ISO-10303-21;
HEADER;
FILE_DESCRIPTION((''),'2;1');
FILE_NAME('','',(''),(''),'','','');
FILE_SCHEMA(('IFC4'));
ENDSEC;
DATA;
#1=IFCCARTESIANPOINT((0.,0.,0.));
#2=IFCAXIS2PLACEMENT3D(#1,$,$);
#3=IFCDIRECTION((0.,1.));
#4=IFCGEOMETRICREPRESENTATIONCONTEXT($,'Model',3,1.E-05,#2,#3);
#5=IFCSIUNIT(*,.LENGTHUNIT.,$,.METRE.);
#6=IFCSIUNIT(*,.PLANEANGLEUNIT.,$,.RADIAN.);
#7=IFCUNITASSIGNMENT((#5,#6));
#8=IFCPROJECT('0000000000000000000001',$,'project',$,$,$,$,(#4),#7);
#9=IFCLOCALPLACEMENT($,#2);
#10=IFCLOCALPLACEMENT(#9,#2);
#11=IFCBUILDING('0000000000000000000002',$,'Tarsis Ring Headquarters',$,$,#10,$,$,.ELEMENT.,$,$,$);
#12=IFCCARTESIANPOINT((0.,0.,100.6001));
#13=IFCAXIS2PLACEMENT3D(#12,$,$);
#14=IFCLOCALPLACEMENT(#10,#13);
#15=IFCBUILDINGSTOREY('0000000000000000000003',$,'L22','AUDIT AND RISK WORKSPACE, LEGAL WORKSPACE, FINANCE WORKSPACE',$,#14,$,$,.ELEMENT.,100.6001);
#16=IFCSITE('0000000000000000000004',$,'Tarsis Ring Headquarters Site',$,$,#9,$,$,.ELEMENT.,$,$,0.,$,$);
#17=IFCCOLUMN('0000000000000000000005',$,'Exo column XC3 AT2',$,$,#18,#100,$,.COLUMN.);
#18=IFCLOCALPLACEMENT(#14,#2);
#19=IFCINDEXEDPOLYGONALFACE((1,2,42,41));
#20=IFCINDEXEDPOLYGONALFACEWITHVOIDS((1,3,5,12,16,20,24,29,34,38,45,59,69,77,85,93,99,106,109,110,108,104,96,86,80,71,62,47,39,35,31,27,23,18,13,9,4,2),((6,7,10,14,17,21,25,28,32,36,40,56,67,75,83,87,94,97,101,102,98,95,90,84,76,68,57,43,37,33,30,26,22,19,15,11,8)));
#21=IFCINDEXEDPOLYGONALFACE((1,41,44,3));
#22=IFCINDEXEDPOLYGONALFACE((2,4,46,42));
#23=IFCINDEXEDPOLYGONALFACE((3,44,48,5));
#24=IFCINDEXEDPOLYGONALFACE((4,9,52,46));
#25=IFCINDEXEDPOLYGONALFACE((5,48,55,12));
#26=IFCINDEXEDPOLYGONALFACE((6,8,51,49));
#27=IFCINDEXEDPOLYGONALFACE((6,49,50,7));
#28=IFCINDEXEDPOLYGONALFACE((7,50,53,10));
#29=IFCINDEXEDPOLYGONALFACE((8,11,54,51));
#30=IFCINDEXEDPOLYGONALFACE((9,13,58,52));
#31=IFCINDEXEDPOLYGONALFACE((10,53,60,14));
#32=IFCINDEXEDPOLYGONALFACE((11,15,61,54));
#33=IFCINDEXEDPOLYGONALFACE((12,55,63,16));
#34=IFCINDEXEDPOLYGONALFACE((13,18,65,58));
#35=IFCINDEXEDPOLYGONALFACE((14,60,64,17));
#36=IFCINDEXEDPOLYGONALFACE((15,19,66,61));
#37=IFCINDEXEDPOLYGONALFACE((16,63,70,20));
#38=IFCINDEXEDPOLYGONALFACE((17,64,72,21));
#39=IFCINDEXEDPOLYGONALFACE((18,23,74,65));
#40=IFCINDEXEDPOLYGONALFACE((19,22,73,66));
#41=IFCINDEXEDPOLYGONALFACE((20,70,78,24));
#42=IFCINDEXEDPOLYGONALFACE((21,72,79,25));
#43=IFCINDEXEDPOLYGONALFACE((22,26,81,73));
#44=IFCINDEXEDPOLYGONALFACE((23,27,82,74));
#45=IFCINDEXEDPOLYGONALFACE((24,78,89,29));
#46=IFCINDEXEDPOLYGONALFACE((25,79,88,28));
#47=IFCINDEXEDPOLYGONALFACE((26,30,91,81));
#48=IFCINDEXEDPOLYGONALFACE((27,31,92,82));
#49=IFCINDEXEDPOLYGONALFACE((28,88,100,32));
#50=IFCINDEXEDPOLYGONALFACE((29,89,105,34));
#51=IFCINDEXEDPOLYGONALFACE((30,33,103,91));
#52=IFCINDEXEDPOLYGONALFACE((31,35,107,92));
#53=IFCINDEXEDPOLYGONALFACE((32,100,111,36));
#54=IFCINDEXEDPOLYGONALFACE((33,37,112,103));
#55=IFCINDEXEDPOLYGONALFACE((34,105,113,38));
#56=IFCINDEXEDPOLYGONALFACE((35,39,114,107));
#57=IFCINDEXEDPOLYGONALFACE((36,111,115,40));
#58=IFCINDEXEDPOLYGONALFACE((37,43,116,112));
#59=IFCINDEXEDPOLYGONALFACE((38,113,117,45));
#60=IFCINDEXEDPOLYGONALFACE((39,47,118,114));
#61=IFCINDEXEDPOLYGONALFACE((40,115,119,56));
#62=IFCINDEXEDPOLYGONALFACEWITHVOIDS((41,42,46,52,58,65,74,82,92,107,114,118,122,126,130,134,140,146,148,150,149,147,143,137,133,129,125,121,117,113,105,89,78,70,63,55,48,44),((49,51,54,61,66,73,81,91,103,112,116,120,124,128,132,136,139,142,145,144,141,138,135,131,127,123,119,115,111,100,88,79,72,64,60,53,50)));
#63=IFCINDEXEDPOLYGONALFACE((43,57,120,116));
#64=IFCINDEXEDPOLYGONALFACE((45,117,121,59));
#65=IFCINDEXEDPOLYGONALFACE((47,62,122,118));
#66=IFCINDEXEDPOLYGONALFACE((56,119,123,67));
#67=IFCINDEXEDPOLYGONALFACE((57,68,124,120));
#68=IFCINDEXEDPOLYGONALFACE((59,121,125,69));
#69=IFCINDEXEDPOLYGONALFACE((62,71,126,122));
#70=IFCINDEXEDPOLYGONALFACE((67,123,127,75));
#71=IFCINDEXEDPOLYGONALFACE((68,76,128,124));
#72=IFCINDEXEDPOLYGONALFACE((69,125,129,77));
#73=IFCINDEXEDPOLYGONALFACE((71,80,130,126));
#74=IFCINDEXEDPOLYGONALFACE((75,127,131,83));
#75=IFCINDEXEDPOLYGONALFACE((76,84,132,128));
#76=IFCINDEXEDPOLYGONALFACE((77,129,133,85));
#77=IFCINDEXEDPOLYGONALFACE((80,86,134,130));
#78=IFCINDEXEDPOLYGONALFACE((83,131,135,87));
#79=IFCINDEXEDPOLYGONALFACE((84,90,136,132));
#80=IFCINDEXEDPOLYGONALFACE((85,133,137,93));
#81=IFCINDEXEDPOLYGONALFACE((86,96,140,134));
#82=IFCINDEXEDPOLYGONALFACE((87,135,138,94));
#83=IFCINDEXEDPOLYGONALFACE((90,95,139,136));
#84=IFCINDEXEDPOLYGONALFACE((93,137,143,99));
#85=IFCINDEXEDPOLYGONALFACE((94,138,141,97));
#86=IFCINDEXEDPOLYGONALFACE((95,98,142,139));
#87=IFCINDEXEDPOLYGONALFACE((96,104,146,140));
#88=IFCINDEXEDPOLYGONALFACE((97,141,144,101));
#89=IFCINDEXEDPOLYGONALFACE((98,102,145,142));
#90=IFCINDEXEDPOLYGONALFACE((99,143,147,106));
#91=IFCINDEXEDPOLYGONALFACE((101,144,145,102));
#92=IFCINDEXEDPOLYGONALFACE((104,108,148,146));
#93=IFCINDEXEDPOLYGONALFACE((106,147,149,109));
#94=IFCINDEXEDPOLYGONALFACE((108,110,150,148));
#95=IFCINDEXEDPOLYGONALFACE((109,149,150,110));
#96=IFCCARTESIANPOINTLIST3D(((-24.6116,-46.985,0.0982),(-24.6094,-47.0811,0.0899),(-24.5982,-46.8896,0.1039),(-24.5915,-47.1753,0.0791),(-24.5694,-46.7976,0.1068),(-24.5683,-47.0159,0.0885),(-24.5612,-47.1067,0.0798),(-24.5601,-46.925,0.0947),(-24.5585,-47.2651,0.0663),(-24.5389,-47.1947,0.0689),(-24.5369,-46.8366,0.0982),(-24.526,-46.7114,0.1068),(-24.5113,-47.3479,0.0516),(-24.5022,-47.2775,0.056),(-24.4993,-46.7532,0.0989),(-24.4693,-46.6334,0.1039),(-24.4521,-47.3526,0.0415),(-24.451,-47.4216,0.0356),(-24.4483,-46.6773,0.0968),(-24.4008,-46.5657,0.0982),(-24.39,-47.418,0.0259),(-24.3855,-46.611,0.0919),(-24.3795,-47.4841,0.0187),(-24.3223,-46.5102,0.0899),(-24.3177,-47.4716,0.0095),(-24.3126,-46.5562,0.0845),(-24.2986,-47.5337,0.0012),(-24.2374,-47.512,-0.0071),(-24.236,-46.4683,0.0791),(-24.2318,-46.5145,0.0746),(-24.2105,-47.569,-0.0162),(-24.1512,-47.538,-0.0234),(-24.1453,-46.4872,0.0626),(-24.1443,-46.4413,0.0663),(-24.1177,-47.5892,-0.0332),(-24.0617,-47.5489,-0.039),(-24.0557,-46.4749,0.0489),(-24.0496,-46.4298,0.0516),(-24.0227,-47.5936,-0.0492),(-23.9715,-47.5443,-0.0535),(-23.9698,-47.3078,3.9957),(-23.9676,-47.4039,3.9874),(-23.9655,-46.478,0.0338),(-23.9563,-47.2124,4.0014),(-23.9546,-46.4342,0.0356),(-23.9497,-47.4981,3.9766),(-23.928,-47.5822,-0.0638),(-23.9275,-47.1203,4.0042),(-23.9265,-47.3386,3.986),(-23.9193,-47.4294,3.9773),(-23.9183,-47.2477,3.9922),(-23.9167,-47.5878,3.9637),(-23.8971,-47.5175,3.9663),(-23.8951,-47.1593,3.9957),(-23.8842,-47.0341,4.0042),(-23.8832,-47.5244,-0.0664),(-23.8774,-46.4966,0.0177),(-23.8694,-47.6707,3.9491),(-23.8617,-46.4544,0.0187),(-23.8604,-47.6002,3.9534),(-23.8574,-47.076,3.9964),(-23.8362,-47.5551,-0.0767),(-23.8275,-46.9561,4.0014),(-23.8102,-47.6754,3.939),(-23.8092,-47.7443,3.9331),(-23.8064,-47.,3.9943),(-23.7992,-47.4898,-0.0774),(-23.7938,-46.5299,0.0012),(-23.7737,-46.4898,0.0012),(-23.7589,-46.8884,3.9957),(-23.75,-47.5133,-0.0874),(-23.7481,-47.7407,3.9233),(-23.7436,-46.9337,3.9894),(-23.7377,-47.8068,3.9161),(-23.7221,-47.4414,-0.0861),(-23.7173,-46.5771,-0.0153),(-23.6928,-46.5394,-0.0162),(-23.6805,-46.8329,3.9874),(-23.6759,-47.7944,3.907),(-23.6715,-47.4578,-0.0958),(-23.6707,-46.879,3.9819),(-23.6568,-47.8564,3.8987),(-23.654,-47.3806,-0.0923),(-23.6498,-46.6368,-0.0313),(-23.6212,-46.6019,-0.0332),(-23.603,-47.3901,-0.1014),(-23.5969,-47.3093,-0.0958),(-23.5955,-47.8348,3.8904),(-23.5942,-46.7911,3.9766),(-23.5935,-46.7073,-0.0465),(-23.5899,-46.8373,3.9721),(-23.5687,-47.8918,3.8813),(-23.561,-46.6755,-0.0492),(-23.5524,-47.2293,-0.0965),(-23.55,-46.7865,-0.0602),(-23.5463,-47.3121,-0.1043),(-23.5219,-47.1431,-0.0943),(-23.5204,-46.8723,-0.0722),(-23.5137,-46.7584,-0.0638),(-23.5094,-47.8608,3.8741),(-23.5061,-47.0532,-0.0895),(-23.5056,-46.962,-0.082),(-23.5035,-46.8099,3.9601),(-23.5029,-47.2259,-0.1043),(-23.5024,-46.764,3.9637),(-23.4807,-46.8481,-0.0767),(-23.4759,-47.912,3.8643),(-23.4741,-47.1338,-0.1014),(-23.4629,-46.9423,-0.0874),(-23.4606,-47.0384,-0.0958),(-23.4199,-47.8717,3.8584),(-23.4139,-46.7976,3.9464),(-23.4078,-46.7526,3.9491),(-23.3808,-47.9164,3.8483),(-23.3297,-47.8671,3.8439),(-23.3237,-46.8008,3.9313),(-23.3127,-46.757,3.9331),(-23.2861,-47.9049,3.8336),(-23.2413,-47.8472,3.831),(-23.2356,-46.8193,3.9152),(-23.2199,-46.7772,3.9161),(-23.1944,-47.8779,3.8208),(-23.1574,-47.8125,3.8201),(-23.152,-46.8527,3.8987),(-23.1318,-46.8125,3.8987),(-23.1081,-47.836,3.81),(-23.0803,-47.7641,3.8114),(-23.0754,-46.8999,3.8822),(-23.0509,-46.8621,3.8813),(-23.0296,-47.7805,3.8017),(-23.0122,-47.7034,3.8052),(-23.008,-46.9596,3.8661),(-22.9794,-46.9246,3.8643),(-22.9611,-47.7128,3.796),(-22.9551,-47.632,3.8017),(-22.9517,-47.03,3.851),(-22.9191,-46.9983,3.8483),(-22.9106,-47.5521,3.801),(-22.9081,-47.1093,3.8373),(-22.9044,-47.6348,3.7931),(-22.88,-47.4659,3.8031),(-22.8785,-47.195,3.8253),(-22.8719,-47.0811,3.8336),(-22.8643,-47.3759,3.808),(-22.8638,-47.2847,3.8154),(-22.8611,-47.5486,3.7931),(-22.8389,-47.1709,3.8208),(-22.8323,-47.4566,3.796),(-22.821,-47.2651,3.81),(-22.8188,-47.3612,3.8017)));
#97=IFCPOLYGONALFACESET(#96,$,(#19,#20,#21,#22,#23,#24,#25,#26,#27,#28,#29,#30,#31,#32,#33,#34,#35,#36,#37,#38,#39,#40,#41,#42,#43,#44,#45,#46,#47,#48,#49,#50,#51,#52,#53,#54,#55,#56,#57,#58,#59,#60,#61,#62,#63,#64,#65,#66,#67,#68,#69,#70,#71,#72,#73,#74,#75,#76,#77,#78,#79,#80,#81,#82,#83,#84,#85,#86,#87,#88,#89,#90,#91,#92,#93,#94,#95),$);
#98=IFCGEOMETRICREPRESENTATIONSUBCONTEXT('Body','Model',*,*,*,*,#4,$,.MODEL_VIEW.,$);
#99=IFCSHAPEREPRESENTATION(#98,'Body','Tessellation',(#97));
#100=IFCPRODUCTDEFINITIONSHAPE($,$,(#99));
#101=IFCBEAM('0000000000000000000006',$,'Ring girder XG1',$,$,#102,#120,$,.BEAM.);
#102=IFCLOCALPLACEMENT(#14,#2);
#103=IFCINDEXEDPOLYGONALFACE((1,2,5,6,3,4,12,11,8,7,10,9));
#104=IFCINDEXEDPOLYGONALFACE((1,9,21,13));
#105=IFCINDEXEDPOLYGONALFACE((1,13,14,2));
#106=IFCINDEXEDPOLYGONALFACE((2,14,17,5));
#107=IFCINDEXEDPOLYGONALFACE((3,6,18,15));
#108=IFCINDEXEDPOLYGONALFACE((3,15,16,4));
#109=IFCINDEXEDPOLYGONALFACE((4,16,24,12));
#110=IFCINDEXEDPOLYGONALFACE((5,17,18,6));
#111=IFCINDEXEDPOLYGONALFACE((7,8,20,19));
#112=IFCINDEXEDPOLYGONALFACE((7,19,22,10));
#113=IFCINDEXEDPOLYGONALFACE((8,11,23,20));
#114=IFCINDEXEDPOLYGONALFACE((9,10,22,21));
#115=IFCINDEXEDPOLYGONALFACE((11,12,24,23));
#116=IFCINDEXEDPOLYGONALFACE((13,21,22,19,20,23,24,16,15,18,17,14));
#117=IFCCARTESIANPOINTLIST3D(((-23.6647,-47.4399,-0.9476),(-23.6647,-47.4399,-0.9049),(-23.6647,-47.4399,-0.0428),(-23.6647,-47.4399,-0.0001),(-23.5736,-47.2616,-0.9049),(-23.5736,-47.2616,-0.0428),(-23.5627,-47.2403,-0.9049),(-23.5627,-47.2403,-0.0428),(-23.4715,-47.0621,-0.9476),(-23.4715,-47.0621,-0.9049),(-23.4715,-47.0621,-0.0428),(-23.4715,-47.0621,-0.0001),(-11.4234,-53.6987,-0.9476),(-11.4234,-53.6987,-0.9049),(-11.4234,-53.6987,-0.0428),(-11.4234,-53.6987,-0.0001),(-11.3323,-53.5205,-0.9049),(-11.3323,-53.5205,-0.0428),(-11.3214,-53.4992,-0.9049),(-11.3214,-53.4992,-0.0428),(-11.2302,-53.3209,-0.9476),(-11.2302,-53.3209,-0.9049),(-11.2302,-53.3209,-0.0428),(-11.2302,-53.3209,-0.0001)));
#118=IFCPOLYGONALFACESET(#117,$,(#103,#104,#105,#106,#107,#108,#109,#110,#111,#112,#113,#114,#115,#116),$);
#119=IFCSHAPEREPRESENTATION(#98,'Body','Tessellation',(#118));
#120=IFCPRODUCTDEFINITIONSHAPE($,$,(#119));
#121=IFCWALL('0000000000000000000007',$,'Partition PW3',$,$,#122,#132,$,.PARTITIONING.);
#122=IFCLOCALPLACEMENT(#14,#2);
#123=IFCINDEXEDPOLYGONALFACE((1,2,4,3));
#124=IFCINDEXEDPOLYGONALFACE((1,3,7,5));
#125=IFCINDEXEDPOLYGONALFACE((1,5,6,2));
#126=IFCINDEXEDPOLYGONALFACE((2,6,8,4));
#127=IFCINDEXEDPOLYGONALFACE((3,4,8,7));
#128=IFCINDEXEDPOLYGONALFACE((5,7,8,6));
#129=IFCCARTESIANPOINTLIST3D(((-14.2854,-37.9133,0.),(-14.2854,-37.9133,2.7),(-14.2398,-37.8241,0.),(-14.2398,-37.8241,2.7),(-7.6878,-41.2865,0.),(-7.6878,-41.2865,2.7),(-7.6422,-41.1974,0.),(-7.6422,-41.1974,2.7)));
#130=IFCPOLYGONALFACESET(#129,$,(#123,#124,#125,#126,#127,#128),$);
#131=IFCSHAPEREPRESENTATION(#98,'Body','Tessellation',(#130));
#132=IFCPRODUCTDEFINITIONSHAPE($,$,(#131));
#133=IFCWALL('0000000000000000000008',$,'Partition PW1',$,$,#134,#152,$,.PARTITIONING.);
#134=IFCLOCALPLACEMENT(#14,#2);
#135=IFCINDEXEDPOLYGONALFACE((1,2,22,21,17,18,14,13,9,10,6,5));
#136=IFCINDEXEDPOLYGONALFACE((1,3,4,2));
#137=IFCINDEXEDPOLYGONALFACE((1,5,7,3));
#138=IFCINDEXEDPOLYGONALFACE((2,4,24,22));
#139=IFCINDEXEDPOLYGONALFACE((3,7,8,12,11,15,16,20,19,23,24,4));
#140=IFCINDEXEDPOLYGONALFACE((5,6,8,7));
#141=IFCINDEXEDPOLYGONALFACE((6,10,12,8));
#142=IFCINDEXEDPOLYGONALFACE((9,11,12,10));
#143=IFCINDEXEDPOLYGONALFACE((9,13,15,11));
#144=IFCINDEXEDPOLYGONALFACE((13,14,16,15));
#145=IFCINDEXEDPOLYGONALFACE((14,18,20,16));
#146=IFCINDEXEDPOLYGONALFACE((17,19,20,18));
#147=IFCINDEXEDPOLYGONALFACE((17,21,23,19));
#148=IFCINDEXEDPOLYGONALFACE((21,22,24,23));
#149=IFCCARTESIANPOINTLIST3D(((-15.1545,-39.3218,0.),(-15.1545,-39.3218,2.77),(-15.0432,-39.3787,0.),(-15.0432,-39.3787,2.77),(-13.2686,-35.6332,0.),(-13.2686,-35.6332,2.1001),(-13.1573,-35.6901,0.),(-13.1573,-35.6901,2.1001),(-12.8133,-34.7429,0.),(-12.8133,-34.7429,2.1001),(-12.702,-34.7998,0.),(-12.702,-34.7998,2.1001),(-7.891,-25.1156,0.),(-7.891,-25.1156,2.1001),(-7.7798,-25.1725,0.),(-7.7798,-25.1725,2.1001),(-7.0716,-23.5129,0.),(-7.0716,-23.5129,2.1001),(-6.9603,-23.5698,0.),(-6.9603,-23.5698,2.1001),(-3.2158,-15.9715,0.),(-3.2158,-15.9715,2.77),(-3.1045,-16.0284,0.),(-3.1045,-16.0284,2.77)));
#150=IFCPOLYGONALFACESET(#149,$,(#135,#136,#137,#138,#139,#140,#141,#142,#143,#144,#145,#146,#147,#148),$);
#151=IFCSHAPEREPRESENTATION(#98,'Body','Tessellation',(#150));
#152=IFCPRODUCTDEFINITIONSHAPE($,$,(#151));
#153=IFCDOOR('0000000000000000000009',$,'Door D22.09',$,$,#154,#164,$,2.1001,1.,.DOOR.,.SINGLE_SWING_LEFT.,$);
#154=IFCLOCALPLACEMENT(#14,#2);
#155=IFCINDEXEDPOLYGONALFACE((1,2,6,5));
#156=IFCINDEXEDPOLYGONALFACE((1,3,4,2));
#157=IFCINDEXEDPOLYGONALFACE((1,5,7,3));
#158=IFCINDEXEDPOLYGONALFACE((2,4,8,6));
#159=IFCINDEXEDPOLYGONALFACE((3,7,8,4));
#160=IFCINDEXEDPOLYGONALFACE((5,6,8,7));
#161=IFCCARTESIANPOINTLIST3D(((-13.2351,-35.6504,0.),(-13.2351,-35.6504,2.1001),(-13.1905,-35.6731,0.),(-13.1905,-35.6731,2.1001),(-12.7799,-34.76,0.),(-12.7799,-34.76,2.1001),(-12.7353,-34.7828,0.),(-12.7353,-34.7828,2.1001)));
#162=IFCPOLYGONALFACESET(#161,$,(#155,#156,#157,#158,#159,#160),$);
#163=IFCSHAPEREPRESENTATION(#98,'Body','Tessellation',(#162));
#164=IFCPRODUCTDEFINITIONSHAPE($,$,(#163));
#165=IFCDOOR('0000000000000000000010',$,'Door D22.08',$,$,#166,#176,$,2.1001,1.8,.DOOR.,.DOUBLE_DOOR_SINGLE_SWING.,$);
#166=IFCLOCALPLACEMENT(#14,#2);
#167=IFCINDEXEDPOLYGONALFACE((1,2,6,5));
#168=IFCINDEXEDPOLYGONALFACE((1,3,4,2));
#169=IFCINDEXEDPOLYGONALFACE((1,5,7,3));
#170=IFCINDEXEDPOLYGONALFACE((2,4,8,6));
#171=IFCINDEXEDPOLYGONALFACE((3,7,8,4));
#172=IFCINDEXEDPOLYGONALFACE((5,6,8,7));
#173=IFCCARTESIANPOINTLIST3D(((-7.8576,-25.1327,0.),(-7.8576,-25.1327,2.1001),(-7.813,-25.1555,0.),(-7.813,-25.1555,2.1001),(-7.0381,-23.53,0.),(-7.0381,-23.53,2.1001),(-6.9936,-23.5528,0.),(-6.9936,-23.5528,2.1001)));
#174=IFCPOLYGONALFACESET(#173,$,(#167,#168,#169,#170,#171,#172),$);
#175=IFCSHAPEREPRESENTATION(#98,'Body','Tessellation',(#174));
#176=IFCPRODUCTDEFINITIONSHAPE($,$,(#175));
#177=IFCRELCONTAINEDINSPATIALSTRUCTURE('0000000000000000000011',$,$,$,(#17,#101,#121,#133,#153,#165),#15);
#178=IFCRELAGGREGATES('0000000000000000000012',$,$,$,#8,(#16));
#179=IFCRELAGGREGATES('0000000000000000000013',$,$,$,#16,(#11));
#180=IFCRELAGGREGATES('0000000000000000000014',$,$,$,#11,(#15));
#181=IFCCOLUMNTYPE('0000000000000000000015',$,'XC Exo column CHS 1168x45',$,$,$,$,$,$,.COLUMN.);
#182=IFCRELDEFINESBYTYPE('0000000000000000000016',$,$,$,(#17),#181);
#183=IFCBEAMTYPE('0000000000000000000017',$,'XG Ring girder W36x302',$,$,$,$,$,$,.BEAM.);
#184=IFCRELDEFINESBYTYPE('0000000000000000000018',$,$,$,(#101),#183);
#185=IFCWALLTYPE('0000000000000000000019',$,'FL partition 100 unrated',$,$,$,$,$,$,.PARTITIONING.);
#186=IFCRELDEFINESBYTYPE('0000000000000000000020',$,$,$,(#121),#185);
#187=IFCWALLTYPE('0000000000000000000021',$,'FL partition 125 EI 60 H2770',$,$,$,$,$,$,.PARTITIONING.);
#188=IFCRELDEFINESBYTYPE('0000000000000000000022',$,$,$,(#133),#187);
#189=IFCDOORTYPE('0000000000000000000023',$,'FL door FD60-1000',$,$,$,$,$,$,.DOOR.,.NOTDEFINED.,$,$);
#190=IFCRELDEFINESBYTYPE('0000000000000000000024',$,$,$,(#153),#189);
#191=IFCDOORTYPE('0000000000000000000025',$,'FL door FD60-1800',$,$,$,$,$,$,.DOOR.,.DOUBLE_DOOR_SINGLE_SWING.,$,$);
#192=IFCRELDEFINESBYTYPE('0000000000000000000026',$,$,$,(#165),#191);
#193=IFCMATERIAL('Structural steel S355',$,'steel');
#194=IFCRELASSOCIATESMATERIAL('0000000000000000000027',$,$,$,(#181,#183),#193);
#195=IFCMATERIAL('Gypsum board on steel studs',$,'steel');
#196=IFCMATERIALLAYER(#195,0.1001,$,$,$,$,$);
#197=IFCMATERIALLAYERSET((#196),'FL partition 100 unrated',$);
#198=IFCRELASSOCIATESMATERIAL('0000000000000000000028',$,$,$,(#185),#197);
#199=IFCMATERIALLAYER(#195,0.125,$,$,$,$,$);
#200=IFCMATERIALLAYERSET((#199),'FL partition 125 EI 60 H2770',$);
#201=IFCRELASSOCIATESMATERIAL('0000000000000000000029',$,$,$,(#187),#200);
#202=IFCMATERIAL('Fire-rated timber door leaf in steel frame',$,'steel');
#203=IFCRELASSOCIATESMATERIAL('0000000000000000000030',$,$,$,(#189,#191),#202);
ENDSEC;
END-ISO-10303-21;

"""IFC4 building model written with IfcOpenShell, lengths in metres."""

from ifc_helpers import new_model, si_unit, direction, frame, frame_2d, origin, origin_2d, place, context, subcontext, project, spatial, rectangle, hollow_circle, i_section, extrude, material, layer, layer_set, material_profile, profile_set, type_object, element, fill, save


model = new_model("IFC4")

# Units and contexts
model_context = context("Model", 3, precision=1e-05, world=origin(), true_north=direction((0.0, 1.0)))
body_context = subcontext(model_context, "Body", "Model", "MODEL_VIEW")
ifc_project = project(units=[si_unit("LENGTHUNIT", "METRE"), si_unit("PLANEANGLEUNIT", "RADIAN")], contexts=[model_context])

# Site, building, storey
site_placement = place(None, origin())
site = spatial("IfcSite", under=ifc_project, at=site_placement, Name="Tarsis Ring Headquarters Site", CompositionType="ELEMENT", RefElevation=0.0)
building_placement = place(site_placement, origin())
building = spatial("IfcBuilding", under=site, at=building_placement, Name="Tarsis Ring Headquarters", CompositionType="ELEMENT")
storey_placement = place(building_placement, frame((0.0, 0.0, 100.6001)))
storey = spatial("IfcBuildingStorey", under=building, at=storey_placement, Name="L22", Description="AUDIT AND RISK WORKSPACE, LEGAL WORKSPACE, FINANCE WORKSPACE", CompositionType="ELEMENT", Elevation=100.6001)

# Column
ifc_material_1 = material(Name="Structural steel S355", Category="steel")
ifc_material_profile_1 = material_profile(ifc_material_1, hollow_circle(Radius=0.5842, WallThickness=0.0449, at=origin_2d()), Name="CHS 1168x45")
ifc_profile_set_1 = profile_set([ifc_material_profile_1], Name="Structural steel S355")
column_type = type_object("IfcColumnType", Name="XC Exo column CHS 1168x45", PredefinedType="COLUMN", material=ifc_profile_set_1)
column_placement = place(storey_placement, frame((-24.0361, -47.0117, 0.0012), z_axis=(0.161955, -0.081439, 0.983432), x_axis=(0.449251, 0.893405, 0.0)))
element("IfcColumn", 1, at=column_placement, inside=storey, type_object=column_type, Name="Exo column XC3 AT2", PredefinedType="COLUMN", context=body_context, shape_type="SweptSolid", body=[
    extrude(hollow_circle(Radius=0.5842, WallThickness=0.0449, at=origin_2d()), origin(), (0.0, 0.0, 1.0), 3.9631),
])

# Beam
ifc_material_profile_2 = material_profile(ifc_material_1, i_section(OverallWidth=0.4243, OverallDepth=0.9475, WebThickness=0.0239, FlangeThickness=0.0427, at=origin_2d()), Name="W36x302")
ifc_profile_set_2 = profile_set([ifc_material_profile_2], Name="Structural steel S355")
beam_type = type_object("IfcBeamType", Name="XG Ring girder W36x302", PredefinedType="BEAM", material=ifc_profile_set_2)
beam_placement = place(storey_placement, frame((-23.5681, -47.251, -0.4739), z_axis=(0.890371, -0.455236, 0.0), x_axis=(0.455236, 0.890371, 0.0)))
element("IfcBeam", 2, at=beam_placement, inside=storey, type_object=beam_type, Name="Ring girder XG1", PredefinedType="BEAM", context=body_context, shape_type="SweptSolid", body=[
    extrude(i_section(OverallWidth=0.4243, OverallDepth=0.9475, WebThickness=0.0239, FlangeThickness=0.0427, at=origin_2d()), origin(), (0.0, 0.0, 1.0), 13.7485),
])

# Wall
ifc_material_2 = material(Name="Gypsum board on steel studs", Category="steel")
ifc_layer_1 = layer(ifc_material_2, 0.1001)
ifc_layer_set_1 = layer_set([ifc_layer_1], Name="FL partition 100 unrated")
wall_type_1 = type_object("IfcWallType", Name="FL partition 100 unrated", PredefinedType="PARTITIONING", material=ifc_layer_set_1)
wall_1_placement = place(storey_placement, frame((-14.2627, -37.8687, 0.0), z_axis=(0.0, 0.0, 1.0), x_axis=(0.890371, -0.455235, 0.0)))
element("IfcWall", 3, at=wall_1_placement, inside=storey, type_object=wall_type_1, Name="Partition PW3", PredefinedType="PARTITIONING", context=body_context, shape_type="SweptSolid", body=[
    extrude(rectangle(XDim=7.4099, YDim=0.1001, at=frame_2d((3.7051, 0.0))), origin(), (0.0, 0.0, 1.0), 2.7),
])

# Wall, openings, doors
ifc_layer_2 = layer(ifc_material_2, 0.125)
ifc_layer_set_2 = layer_set([ifc_layer_2], Name="FL partition 125 EI 60 H2770")
wall_type_2 = type_object("IfcWallType", Name="FL partition 125 EI 60 H2770", PredefinedType="PARTITIONING", material=ifc_layer_set_2)
wall_2_placement = place(storey_placement, frame((-15.0989, -39.3503, 0.0), z_axis=(0.0, 0.0, 1.0), x_axis=(0.455235, 0.890371, 0.0)))
wall_2 = element("IfcWall", 4, at=wall_2_placement, inside=storey, type_object=wall_type_2, Name="Partition PW1", PredefinedType="PARTITIONING", context=body_context, shape_type="SweptSolid", body=[
    extrude(rectangle(XDim=26.2253, YDim=0.125, at=frame_2d((13.1128, 0.0))), origin(), (0.0, 0.0, 1.0), 2.77),
])
opening_1_placement = place(wall_2_placement, frame((15.9556, 0.0, 0.0)))
opening_1 = element("IfcOpeningElement", 5, at=opening_1_placement, cuts=wall_2, PredefinedType="OPENING", context=body_context, shape_type="SweptSolid", body=[
    extrude(rectangle(XDim=1.8, YDim=2.1001, at=frame_2d((0.8999, 1.05))), frame((0.0, 0.0725, 0.0), z_axis=(0.0, -1.0, 0.0), x_axis=(1.0, 0.0, 0.0)), (0.0, 0.0, 1.0), 0.145),
])
opening_2_placement = place(wall_2_placement, frame((4.1428, 0.0, 0.0)))
opening_2 = element("IfcOpeningElement", 6, at=opening_2_placement, cuts=wall_2, PredefinedType="OPENING", context=body_context, shape_type="SweptSolid", body=[
    extrude(rectangle(XDim=1.0, YDim=2.1001, at=frame_2d((0.5, 1.05))), frame((0.0, 0.0725, 0.0), z_axis=(0.0, -1.0, 0.0), x_axis=(1.0, 0.0, 0.0)), (0.0, 0.0, 1.0), 0.145),
])
ifc_material_3 = material(Name="Fire-rated timber door leaf in steel frame", Category="steel")
door_type_1 = type_object("IfcDoorType", Name="FL door FD60-1000", OperationType="NOTDEFINED", PredefinedType="DOOR", material=ifc_material_3)
door_1_placement = place(opening_2_placement, origin())
door_1 = element("IfcDoor", 7, at=door_1_placement, inside=storey, type_object=door_type_1, Name="Door D22.09", OperationType="SINGLE_SWING_LEFT", OverallHeight=2.1001, OverallWidth=1.0, PredefinedType="DOOR", context=body_context, shape_type="SweptSolid", body=[
    extrude(rectangle(XDim=1.0, YDim=2.1001, at=frame_2d((0.5, 1.05))), frame((0.0, 0.0249, 0.0), z_axis=(0.0, -1.0, 0.0), x_axis=(1.0, 0.0, 0.0)), (0.0, 0.0, 1.0), 0.05),
])
fill(opening_2, door_1)
door_type_2 = type_object("IfcDoorType", Name="FL door FD60-1800", OperationType="DOUBLE_DOOR_SINGLE_SWING", PredefinedType="DOOR", material=ifc_material_3)
door_2_placement = place(opening_1_placement, origin())
door_2 = element("IfcDoor", 8, at=door_2_placement, inside=storey, type_object=door_type_2, Name="Door D22.08", OperationType="DOUBLE_DOOR_SINGLE_SWING", OverallHeight=2.1001, OverallWidth=1.8, PredefinedType="DOOR", context=body_context, shape_type="SweptSolid", body=[
    extrude(rectangle(XDim=1.8, YDim=2.1001, at=frame_2d((0.8999, 1.05))), frame((0.0, 0.0249, 0.0), z_axis=(0.0, -1.0, 0.0), x_axis=(1.0, 0.0, 0.0)), (0.0, 0.0, 1.0), 0.05),
])
fill(opening_1, door_2)

save(model, "model.ifc")
